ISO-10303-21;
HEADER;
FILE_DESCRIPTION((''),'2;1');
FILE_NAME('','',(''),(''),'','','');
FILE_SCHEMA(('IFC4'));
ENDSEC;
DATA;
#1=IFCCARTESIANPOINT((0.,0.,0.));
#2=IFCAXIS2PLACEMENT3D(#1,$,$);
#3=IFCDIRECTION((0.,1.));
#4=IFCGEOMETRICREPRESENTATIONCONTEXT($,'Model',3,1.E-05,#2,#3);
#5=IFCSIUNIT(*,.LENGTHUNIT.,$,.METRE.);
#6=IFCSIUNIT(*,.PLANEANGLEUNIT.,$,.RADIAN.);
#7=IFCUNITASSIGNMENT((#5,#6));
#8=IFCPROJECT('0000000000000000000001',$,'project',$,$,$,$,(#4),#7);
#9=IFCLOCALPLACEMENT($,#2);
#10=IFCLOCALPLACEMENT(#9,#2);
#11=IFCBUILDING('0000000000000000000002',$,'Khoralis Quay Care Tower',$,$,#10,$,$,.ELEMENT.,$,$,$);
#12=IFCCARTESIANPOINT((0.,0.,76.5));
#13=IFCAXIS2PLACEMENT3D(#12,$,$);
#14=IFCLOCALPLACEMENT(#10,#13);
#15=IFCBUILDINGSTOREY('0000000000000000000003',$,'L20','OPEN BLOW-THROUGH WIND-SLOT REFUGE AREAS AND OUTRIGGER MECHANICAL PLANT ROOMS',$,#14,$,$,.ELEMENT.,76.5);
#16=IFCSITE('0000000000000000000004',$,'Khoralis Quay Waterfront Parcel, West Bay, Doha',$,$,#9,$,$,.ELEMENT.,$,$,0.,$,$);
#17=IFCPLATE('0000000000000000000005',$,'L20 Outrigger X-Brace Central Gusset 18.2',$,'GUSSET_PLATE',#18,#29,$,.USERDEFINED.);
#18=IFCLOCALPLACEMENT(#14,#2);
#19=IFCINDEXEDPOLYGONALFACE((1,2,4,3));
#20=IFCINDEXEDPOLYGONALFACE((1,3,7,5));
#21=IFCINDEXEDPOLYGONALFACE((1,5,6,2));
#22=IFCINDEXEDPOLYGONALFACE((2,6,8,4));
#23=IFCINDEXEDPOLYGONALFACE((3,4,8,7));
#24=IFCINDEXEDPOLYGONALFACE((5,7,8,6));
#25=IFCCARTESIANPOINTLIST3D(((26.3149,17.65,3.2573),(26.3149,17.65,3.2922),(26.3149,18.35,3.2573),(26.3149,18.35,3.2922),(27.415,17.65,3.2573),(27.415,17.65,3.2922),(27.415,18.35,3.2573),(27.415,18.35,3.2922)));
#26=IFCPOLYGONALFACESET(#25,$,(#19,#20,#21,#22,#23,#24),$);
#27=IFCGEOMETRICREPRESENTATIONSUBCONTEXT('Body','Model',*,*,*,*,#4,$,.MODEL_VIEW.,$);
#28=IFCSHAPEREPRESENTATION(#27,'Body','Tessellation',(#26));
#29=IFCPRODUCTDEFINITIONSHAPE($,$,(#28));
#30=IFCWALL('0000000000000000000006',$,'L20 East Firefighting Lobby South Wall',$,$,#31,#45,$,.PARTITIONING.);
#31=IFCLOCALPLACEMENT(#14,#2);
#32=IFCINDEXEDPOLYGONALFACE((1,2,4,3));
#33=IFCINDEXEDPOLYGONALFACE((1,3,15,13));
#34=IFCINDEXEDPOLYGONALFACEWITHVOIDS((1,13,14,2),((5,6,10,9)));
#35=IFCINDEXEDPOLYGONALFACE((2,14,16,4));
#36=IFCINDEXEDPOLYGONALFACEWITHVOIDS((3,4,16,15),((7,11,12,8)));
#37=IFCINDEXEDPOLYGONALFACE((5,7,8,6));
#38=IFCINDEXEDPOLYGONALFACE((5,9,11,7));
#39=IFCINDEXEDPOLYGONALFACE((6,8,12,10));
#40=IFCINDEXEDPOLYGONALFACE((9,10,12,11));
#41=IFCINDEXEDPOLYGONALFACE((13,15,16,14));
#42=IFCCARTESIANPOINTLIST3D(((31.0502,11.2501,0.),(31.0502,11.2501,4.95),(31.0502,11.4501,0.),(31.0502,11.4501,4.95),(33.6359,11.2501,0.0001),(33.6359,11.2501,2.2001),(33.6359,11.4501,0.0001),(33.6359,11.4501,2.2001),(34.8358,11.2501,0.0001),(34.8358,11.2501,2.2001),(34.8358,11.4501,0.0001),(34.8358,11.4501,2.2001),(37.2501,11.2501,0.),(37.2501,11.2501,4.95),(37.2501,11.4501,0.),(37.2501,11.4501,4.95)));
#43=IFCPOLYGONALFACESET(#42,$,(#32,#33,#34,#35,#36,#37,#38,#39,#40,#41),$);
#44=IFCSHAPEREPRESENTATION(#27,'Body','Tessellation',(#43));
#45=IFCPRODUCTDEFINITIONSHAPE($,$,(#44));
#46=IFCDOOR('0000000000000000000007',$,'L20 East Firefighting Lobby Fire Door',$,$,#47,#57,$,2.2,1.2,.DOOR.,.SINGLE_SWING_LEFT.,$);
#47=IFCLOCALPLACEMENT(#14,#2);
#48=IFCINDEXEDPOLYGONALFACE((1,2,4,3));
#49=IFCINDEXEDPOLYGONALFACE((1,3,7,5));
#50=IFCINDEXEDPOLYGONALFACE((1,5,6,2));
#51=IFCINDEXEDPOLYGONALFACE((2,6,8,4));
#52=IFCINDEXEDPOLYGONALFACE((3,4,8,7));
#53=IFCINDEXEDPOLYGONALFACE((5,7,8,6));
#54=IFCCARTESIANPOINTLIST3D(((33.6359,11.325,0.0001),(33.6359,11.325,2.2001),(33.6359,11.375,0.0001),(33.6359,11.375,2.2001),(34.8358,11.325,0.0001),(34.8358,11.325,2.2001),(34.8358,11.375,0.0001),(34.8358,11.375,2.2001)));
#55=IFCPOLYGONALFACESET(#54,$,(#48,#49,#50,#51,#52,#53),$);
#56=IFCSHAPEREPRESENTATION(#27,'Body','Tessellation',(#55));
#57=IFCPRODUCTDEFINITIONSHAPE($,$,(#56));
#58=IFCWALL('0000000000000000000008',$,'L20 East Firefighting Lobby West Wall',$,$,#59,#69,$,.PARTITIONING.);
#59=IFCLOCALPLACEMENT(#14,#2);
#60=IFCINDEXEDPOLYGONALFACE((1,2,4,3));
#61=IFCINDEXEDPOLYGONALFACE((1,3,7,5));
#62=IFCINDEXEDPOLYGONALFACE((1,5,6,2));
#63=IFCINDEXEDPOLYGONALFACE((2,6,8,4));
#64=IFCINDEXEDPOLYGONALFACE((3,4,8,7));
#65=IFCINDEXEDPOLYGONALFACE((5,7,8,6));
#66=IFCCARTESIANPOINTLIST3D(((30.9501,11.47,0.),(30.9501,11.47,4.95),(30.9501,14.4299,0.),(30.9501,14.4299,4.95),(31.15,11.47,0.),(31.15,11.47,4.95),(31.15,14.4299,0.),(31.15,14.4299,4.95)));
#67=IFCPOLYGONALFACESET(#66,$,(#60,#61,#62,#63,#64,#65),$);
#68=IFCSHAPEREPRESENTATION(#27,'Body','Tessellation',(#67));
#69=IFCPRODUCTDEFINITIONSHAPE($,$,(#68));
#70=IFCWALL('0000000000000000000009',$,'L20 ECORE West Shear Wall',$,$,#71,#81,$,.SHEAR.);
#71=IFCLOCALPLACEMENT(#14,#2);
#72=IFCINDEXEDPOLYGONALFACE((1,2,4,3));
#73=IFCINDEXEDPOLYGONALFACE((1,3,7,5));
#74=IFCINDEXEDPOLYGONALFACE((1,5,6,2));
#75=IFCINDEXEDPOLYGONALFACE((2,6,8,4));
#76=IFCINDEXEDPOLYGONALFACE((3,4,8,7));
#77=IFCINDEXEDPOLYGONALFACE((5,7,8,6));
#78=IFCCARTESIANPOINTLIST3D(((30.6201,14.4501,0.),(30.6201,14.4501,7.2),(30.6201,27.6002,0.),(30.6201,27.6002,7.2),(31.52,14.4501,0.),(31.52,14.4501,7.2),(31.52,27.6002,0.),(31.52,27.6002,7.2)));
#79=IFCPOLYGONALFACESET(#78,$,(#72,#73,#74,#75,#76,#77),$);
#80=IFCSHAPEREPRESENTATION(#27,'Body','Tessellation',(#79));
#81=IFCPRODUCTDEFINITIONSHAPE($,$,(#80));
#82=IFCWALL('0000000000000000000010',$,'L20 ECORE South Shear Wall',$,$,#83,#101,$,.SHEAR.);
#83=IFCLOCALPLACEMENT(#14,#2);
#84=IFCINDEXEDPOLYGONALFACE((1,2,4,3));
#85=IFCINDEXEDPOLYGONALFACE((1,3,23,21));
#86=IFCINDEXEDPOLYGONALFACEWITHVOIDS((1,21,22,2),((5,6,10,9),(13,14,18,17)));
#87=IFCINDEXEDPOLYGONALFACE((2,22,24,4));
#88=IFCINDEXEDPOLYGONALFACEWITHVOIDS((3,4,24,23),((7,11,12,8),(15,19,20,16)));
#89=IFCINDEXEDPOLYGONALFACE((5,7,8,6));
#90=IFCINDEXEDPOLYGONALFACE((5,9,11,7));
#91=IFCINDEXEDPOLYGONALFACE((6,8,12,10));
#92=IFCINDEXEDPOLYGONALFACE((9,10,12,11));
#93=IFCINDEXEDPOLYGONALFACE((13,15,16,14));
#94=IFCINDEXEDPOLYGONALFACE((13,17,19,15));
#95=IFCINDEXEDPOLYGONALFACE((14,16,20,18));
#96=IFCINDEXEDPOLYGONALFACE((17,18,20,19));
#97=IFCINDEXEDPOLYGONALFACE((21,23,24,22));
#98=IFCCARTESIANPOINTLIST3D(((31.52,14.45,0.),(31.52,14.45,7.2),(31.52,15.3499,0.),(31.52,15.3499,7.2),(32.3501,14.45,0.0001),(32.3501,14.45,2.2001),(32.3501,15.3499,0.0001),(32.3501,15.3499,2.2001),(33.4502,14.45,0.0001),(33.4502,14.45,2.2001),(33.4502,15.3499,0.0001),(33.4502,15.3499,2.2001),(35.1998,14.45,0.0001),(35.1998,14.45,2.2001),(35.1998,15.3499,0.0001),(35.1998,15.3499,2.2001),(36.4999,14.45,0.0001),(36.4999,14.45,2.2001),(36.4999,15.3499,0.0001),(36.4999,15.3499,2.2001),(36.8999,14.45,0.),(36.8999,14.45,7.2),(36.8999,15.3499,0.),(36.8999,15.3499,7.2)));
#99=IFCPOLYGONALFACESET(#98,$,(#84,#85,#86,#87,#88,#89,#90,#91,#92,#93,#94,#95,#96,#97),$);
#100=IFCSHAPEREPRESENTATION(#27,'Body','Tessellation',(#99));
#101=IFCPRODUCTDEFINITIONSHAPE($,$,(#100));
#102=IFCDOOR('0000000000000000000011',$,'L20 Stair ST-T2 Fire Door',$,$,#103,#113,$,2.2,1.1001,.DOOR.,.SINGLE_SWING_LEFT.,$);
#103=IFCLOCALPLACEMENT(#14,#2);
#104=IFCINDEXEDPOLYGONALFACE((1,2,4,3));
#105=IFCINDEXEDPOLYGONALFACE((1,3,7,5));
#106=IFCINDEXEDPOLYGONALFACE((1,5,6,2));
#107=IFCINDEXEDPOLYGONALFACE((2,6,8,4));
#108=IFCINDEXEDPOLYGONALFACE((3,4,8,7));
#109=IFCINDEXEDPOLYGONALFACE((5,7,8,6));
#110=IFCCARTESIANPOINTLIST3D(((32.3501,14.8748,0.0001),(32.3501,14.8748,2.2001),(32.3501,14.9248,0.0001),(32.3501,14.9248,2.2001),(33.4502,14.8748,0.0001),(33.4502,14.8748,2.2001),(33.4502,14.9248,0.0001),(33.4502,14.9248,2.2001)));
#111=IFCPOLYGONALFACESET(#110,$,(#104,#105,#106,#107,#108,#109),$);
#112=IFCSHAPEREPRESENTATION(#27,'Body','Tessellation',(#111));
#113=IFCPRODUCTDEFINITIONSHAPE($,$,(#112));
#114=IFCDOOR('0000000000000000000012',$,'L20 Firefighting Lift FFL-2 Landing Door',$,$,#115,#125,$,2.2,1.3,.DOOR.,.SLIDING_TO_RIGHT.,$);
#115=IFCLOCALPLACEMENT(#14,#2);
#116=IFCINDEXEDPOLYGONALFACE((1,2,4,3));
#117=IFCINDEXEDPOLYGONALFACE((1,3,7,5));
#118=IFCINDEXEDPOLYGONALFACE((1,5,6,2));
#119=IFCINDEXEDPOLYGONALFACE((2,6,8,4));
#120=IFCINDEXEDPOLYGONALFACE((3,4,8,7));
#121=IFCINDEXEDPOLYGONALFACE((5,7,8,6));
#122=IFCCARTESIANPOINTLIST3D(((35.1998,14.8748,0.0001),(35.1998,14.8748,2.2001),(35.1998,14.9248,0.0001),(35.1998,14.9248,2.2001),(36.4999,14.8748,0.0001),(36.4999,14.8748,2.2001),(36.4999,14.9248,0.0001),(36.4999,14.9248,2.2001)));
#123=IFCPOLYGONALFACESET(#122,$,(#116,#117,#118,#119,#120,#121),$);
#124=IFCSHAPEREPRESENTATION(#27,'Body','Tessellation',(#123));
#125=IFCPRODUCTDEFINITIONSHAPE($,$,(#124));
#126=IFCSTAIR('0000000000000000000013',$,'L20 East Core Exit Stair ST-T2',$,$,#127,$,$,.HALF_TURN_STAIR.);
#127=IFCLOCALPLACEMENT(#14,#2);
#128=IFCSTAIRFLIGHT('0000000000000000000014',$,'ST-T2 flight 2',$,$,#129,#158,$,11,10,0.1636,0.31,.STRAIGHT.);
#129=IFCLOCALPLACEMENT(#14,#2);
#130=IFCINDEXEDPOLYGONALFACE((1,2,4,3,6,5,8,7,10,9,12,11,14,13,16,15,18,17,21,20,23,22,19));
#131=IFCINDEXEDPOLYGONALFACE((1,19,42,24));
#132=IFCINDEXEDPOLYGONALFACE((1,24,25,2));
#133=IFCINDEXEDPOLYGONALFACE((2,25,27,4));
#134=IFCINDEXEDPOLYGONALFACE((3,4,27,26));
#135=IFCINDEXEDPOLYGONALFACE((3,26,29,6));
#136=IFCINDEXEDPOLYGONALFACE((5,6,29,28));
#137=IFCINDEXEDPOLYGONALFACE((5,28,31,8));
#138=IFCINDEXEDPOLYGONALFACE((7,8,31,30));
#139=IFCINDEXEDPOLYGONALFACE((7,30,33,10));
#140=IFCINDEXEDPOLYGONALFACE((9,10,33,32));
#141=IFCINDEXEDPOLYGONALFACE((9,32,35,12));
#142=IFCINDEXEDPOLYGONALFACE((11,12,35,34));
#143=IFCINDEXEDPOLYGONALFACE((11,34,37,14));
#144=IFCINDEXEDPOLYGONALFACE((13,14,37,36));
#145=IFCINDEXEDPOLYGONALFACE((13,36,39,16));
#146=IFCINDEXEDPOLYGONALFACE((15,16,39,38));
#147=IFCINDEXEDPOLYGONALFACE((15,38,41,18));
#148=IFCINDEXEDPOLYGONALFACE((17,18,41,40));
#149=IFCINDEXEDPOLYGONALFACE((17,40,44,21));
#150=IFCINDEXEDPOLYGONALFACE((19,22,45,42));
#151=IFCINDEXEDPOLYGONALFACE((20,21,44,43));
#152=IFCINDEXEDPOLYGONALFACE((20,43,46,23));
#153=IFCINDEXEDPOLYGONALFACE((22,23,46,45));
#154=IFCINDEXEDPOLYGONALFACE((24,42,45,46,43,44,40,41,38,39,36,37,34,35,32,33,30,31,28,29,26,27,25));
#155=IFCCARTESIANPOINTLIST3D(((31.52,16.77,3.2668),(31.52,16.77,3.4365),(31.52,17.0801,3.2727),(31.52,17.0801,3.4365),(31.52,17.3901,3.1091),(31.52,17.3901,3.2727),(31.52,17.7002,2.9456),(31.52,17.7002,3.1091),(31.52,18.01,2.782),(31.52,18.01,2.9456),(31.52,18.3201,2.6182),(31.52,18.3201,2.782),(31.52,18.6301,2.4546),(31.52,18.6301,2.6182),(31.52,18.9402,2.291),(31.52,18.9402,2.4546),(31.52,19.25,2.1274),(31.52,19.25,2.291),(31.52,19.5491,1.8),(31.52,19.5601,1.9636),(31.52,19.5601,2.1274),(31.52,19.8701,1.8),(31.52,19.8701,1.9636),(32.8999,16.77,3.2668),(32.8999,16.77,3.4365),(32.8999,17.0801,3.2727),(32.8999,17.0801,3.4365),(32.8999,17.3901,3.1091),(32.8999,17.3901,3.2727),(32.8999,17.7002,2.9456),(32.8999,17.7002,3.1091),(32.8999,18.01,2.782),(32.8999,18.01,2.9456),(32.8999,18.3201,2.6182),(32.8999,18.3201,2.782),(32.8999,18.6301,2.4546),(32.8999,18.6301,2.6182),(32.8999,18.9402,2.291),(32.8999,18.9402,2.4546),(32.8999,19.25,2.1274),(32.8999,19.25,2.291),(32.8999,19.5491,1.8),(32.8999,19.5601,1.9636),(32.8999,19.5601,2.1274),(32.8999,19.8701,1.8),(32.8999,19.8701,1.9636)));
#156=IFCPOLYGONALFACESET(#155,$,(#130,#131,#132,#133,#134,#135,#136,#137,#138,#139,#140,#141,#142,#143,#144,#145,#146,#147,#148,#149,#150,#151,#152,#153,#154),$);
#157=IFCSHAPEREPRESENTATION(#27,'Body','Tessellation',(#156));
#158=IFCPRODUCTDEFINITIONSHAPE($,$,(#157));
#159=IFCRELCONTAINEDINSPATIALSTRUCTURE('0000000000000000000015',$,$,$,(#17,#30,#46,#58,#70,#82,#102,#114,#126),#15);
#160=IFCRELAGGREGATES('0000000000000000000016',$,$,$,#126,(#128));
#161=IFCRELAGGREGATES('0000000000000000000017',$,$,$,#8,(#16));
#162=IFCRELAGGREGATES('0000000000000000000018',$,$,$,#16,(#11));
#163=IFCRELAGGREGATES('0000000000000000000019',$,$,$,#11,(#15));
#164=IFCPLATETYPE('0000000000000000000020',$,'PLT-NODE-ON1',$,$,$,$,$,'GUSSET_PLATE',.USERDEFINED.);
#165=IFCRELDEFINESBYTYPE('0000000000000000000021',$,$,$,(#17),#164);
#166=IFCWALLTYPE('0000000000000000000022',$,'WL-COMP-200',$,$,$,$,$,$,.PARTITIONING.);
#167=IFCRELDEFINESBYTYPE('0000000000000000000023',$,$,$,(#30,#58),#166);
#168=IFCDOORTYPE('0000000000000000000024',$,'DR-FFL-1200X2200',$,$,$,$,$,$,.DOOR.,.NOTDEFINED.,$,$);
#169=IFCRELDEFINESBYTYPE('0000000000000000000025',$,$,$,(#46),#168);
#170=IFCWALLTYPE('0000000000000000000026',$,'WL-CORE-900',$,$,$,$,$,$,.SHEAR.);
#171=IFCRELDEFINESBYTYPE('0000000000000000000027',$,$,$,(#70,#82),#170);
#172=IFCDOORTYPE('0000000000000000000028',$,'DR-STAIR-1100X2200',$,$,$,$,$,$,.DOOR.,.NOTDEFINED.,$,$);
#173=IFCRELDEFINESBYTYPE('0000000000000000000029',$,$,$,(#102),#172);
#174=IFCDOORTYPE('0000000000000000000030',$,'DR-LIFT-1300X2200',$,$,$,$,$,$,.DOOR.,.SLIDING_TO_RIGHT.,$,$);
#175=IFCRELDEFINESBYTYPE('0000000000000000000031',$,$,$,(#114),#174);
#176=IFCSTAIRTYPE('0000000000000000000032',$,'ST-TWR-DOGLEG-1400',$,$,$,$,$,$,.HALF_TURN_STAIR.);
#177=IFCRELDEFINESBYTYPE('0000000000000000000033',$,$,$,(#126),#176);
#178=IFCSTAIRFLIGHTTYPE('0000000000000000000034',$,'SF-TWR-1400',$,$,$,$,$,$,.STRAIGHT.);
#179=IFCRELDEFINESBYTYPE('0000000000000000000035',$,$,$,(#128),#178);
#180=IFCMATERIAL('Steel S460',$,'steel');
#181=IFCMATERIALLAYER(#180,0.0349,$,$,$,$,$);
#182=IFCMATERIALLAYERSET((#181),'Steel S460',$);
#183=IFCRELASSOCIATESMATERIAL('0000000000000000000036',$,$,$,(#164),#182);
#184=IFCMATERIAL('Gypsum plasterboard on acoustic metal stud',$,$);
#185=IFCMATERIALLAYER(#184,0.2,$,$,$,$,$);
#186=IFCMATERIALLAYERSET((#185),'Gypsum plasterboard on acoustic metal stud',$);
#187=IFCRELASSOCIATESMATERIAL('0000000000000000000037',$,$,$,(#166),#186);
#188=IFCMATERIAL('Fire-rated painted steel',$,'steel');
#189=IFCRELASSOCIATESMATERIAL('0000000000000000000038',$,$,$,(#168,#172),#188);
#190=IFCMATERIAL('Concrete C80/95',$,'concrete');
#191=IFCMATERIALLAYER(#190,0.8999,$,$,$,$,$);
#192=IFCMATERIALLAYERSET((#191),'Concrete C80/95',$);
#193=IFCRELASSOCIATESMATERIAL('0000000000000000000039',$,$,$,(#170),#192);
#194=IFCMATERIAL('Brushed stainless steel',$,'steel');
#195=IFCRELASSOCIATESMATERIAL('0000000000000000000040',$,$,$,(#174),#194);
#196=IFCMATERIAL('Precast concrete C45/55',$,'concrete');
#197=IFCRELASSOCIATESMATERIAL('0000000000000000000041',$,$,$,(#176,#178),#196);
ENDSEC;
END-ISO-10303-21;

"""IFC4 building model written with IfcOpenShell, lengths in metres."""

from ifc_helpers import new_model, si_unit, direction, frame, frame_2d, origin, origin_2d, place, context, subcontext, project, spatial, polyline, rectangle, outline, extrude, source, transform, mapped, material, layer, layer_set, type_object, element, fill, aggregate, save


model = new_model("IFC4")

# Units and contexts
model_context = context("Model", 3, precision=1e-05, world=origin(), true_north=direction((0.0, 1.0)))
body_context = subcontext(model_context, "Body", "Model", "MODEL_VIEW")
ifc_project = project(units=[si_unit("LENGTHUNIT", "METRE"), si_unit("PLANEANGLEUNIT", "RADIAN")], contexts=[model_context])

# Site, building, storey
site_placement = place(None, origin())
site = spatial("IfcSite", under=ifc_project, at=site_placement, Name="Khoralis Quay Waterfront Parcel, West Bay, Doha", CompositionType="ELEMENT", RefElevation=0.0)
building_placement = place(site_placement, origin())
building = spatial("IfcBuilding", under=site, at=building_placement, Name="Khoralis Quay Care Tower", CompositionType="ELEMENT")
storey_placement = place(building_placement, frame((0.0, 0.0, 76.5)))
storey = spatial("IfcBuildingStorey", under=building, at=storey_placement, Name="L20", Description="OPEN BLOW-THROUGH WIND-SLOT REFUGE AREAS AND OUTRIGGER MECHANICAL PLANT ROOMS", CompositionType="ELEMENT", Elevation=76.5)

# Shared definitions
ifc_material_1 = material(Name="Concrete C80/95", Category="concrete")

# Shared definitions
ifc_material_2 = material(Name="Steel S460", Category="steel")

# Plate
ifc_layer_1 = layer(ifc_material_2, 0.0349)
ifc_layer_set_1 = layer_set([ifc_layer_1], Name="Steel S460")
plate_type_1 = type_object("IfcPlateType", Name="PLT-NODE-ON1", ElementType="GUSSET_PLATE", PredefinedType="USERDEFINED", material=ifc_layer_set_1)
shared_shape_1 = source(origin(), body_context, "Body", "SweptSolid", [
    extrude(rectangle(XDim=1.1001, YDim=0.7, at=origin_2d()), origin(), (0.0, 0.0, 1.0), 0.0349),
])
for number, where, z_axis, x_axis, name in (
    (1, (26.865, 18.0, 3.2573), (0.0, 0.0, 1.0), (1.0, 0.0, 0.0), "L20 Outrigger X-Brace Central Gusset 18.2"),
):
    element("IfcPlate", number, at=place(storey_placement, frame(where, z_axis=z_axis, x_axis=x_axis)), inside=storey, type_object=plate_type_1, Name=name, ObjectType="GUSSET_PLATE", PredefinedType="USERDEFINED", context=body_context, shape_type="MappedRepresentation", body=[
        mapped(shared_shape_1, transform((0.0, 0.0, 0.0), scale=1.0)),
    ])

# Wall, opening, door
ifc_material_3 = material(Name="Gypsum plasterboard on acoustic metal stud")
ifc_layer_2 = layer(ifc_material_3, 0.2)
ifc_layer_set_2 = layer_set([ifc_layer_2], Name="Gypsum plasterboard on acoustic metal stud")
wall_type_1 = type_object("IfcWallType", Name="WL-COMP-200", PredefinedType="PARTITIONING", material=ifc_layer_set_2)
wall_1_placement = place(storey_placement, frame((31.05, 11.3501, 0.0), z_axis=(0.0, 0.0, 1.0), x_axis=(1.0, 0.0, 0.0)))
wall_1 = element("IfcWall", 2, at=wall_1_placement, inside=storey, type_object=wall_type_1, Name="L20 East Firefighting Lobby South Wall", PredefinedType="PARTITIONING", context=body_context, shape_type="SweptSolid", body=[
    extrude(rectangle(XDim=6.2, YDim=0.2, at=frame_2d((3.1001, 0.0))), origin(), (0.0, 0.0, 1.0), 4.95),
])
opening_1_placement = place(wall_1_placement, frame((2.5857, 0.0, 0.0)))
opening_1 = element("IfcOpeningElement", 3, at=opening_1_placement, cuts=wall_1, PredefinedType="OPENING", context=body_context, shape_type="SweptSolid", body=[
    extrude(rectangle(XDim=1.2, YDim=2.2, at=frame_2d((0.6001, 1.1001))), frame((0.0, 0.1099, 0.0), z_axis=(0.0, -1.0, 0.0), x_axis=(1.0, 0.0, 0.0)), (0.0, 0.0, 1.0), 0.22),
])
ifc_material_4 = material(Name="Fire-rated painted steel", Category="steel")
door_type_1 = type_object("IfcDoorType", Name="DR-FFL-1200X2200", OperationType="NOTDEFINED", PredefinedType="DOOR", material=ifc_material_4)
shared_shape_2 = source(origin(), body_context, "Body", "SweptSolid", [
    extrude(rectangle(XDim=1.2, YDim=2.2, at=frame_2d((0.6001, 1.1001))), frame((0.0, 0.0249, 0.0), z_axis=(0.0, -1.0, 0.0), x_axis=(1.0, 0.0, 0.0)), (0.0, 0.0, 1.0), 0.05),
])
door_1_placement = place(opening_1_placement, origin())
door_1 = element("IfcDoor", 4, at=door_1_placement, inside=storey, type_object=door_type_1, Name="L20 East Firefighting Lobby Fire Door", OperationType="SINGLE_SWING_LEFT", OverallHeight=2.2, OverallWidth=1.2, PredefinedType="DOOR", context=body_context, shape_type="MappedRepresentation", body=[
    mapped(shared_shape_2, transform((0.0, 0.0, 0.0), scale=1.0)),
])
fill(opening_1, door_1)

# Walls
wall_2_placement = place(storey_placement, frame((31.05, 11.47, 0.0), z_axis=(0.0, 0.0, 1.0), x_axis=(0.0, 1.0, 0.0)))
element("IfcWall", 5, at=wall_2_placement, inside=storey, type_object=wall_type_1, Name="L20 East Firefighting Lobby West Wall", PredefinedType="PARTITIONING", context=body_context, shape_type="SweptSolid", body=[
    extrude(rectangle(XDim=2.96, YDim=0.2, at=frame_2d((1.48, 0.0))), origin(), (0.0, 0.0, 1.0), 4.95),
])
ifc_layer_3 = layer(ifc_material_1, 0.8999)
ifc_layer_set_3 = layer_set([ifc_layer_3], Name="Concrete C80/95")
wall_type_2 = type_object("IfcWallType", Name="WL-CORE-900", PredefinedType="SHEAR", material=ifc_layer_set_3)
wall_3_placement = place(storey_placement, frame((31.0701, 14.45, 0.0), z_axis=(0.0, 0.0, 1.0), x_axis=(0.0, 1.0, 0.0)))
element("IfcWall", 6, at=wall_3_placement, inside=storey, type_object=wall_type_2, Name="L20 ECORE West Shear Wall", PredefinedType="SHEAR", context=body_context, shape_type="SweptSolid", body=[
    extrude(rectangle(XDim=13.1501, YDim=0.8999, at=frame_2d((6.5752, 0.0))), origin(), (0.0, 0.0, 1.0), 7.2),
])

# Wall, openings, doors
wall_4_placement = place(storey_placement, frame((31.52, 14.8999, 0.0), z_axis=(0.0, 0.0, 1.0), x_axis=(1.0, 0.0, 0.0)))
wall_4 = element("IfcWall", 7, at=wall_4_placement, inside=storey, type_object=wall_type_2, Name="L20 ECORE South Shear Wall", PredefinedType="SHEAR", context=body_context, shape_type="SweptSolid", body=[
    extrude(rectangle(XDim=5.3799, YDim=0.8999, at=frame_2d((2.6899, 0.0))), origin(), (0.0, 0.0, 1.0), 7.2),
])
opening_2_placement = place(wall_4_placement, frame((0.8301, 0.0, 0.0)))
opening_2 = element("IfcOpeningElement", 8, at=opening_2_placement, cuts=wall_4, PredefinedType="OPENING", context=body_context, shape_type="SweptSolid", body=[
    extrude(rectangle(XDim=1.1001, YDim=2.2, at=frame_2d((0.55, 1.1001))), frame((0.0, 0.46, 0.0), z_axis=(0.0, -1.0, 0.0), x_axis=(1.0, 0.0, 0.0)), (0.0, 0.0, 1.0), 0.9199),
])
opening_3_placement = place(wall_4_placement, frame((3.6799, 0.0, 0.0)))
opening_3 = element("IfcOpeningElement", 9, at=opening_3_placement, cuts=wall_4, PredefinedType="OPENING", context=body_context, shape_type="SweptSolid", body=[
    extrude(rectangle(XDim=1.3, YDim=2.2, at=frame_2d((0.6499, 1.1001))), frame((0.0, 0.46, 0.0), z_axis=(0.0, -1.0, 0.0), x_axis=(1.0, 0.0, 0.0)), (0.0, 0.0, 1.0), 0.9199),
])
door_type_2 = type_object("IfcDoorType", Name="DR-STAIR-1100X2200", OperationType="NOTDEFINED", PredefinedType="DOOR", material=ifc_material_4)
shared_shape_3 = source(origin(), body_context, "Body", "SweptSolid", [
    extrude(rectangle(XDim=1.1001, YDim=2.2, at=frame_2d((0.55, 1.1001))), frame((0.0, 0.0249, 0.0), z_axis=(0.0, -1.0, 0.0), x_axis=(1.0, 0.0, 0.0)), (0.0, 0.0, 1.0), 0.05),
])
door_2_placement = place(opening_2_placement, origin())
door_2 = element("IfcDoor", 10, at=door_2_placement, inside=storey, type_object=door_type_2, Name="L20 Stair ST-T2 Fire Door", OperationType="SINGLE_SWING_LEFT", OverallHeight=2.2, OverallWidth=1.1001, PredefinedType="DOOR", context=body_context, shape_type="MappedRepresentation", body=[
    mapped(shared_shape_3, transform((0.0, 0.0, 0.0), scale=1.0)),
])
fill(opening_2, door_2)
ifc_material_5 = material(Name="Brushed stainless steel", Category="steel")
door_type_3 = type_object("IfcDoorType", Name="DR-LIFT-1300X2200", OperationType="SLIDING_TO_RIGHT", PredefinedType="DOOR", material=ifc_material_5)
shared_shape_4 = source(origin(), body_context, "Body", "SweptSolid", [
    extrude(rectangle(XDim=1.3, YDim=2.2, at=frame_2d((0.6499, 1.1001))), frame((0.0, 0.0249, 0.0), z_axis=(0.0, -1.0, 0.0), x_axis=(1.0, 0.0, 0.0)), (0.0, 0.0, 1.0), 0.05),
])
door_3_placement = place(opening_3_placement, origin())
door_3 = element("IfcDoor", 11, at=door_3_placement, inside=storey, type_object=door_type_3, Name="L20 Firefighting Lift FFL-2 Landing Door", OperationType="SLIDING_TO_RIGHT", OverallHeight=2.2, OverallWidth=1.3, PredefinedType="DOOR", context=body_context, shape_type="MappedRepresentation", body=[
    mapped(shared_shape_4, transform((0.0, 0.0, 0.0), scale=1.0)),
])
fill(opening_3, door_3)

# Stair, stair flight
ifc_material_6 = material(Name="Precast concrete C45/55", Category="concrete")
stair_type = type_object("IfcStairType", Name="ST-TWR-DOGLEG-1400", PredefinedType="HALF_TURN_STAIR", material=ifc_material_6)
stair_placement = place(storey_placement, origin())
stair = element("IfcStair", 12, at=stair_placement, inside=storey, type_object=stair_type, Name="L20 East Core Exit Stair ST-T2", PredefinedType="HALF_TURN_STAIR")
stair_flight_type = type_object("IfcStairFlightType", Name="SF-TWR-1400", PredefinedType="STRAIGHT", material=ifc_material_6)
shared_shape_5 = source(origin(), body_context, "Body", "SweptSolid", [
    extrude(outline(polyline([(0.0, 0.0), (0.0, 0.1636), (0.3101, 0.1636), (0.3101, 0.3274), (0.6201, 0.3274), (0.6201, 0.491), (0.9299, 0.491), (0.9299, 0.6545), (1.24, 0.6545), (1.24, 0.8181), (1.55, 0.8181), (1.55, 0.9819), (1.8601, 0.9819), (1.8601, 1.1455), (2.1699, 1.1455), (2.1699, 1.3091), (2.48, 1.3091), (2.48, 1.4727), (2.79, 1.4727), (2.79, 1.6365), (3.1001, 1.6365), (3.1001, 1.8), (3.1001, 1.4668), (0.321, 0.0), (0.0, 0.0)])), frame((0.0, 0.6899, 0.0), z_axis=(0.0, -1.0, 0.0), x_axis=(1.0, 0.0, 0.0)), (0.0, 0.0, 1.0), 1.3799),
])
stair_flight_placement = place(storey_placement, frame((32.21, 19.8701, 1.8), z_axis=(0.0, 0.0, 1.0), x_axis=(0.0, -1.0, 0.0)))
stair_flight = element("IfcStairFlight", 13, at=stair_flight_placement, type_object=stair_flight_type, Name="ST-T2 flight 2", NumberOfRisers=11, NumberOfTreads=10, PredefinedType="STRAIGHT", RiserHeight=0.1636, TreadLength=0.31, context=body_context, shape_type="MappedRepresentation", body=[
    mapped(shared_shape_5, transform((0.0, 0.0, 0.0), scale=1.0)),
])
aggregate(stair, [stair_flight])

save(model, "model.ifc")
